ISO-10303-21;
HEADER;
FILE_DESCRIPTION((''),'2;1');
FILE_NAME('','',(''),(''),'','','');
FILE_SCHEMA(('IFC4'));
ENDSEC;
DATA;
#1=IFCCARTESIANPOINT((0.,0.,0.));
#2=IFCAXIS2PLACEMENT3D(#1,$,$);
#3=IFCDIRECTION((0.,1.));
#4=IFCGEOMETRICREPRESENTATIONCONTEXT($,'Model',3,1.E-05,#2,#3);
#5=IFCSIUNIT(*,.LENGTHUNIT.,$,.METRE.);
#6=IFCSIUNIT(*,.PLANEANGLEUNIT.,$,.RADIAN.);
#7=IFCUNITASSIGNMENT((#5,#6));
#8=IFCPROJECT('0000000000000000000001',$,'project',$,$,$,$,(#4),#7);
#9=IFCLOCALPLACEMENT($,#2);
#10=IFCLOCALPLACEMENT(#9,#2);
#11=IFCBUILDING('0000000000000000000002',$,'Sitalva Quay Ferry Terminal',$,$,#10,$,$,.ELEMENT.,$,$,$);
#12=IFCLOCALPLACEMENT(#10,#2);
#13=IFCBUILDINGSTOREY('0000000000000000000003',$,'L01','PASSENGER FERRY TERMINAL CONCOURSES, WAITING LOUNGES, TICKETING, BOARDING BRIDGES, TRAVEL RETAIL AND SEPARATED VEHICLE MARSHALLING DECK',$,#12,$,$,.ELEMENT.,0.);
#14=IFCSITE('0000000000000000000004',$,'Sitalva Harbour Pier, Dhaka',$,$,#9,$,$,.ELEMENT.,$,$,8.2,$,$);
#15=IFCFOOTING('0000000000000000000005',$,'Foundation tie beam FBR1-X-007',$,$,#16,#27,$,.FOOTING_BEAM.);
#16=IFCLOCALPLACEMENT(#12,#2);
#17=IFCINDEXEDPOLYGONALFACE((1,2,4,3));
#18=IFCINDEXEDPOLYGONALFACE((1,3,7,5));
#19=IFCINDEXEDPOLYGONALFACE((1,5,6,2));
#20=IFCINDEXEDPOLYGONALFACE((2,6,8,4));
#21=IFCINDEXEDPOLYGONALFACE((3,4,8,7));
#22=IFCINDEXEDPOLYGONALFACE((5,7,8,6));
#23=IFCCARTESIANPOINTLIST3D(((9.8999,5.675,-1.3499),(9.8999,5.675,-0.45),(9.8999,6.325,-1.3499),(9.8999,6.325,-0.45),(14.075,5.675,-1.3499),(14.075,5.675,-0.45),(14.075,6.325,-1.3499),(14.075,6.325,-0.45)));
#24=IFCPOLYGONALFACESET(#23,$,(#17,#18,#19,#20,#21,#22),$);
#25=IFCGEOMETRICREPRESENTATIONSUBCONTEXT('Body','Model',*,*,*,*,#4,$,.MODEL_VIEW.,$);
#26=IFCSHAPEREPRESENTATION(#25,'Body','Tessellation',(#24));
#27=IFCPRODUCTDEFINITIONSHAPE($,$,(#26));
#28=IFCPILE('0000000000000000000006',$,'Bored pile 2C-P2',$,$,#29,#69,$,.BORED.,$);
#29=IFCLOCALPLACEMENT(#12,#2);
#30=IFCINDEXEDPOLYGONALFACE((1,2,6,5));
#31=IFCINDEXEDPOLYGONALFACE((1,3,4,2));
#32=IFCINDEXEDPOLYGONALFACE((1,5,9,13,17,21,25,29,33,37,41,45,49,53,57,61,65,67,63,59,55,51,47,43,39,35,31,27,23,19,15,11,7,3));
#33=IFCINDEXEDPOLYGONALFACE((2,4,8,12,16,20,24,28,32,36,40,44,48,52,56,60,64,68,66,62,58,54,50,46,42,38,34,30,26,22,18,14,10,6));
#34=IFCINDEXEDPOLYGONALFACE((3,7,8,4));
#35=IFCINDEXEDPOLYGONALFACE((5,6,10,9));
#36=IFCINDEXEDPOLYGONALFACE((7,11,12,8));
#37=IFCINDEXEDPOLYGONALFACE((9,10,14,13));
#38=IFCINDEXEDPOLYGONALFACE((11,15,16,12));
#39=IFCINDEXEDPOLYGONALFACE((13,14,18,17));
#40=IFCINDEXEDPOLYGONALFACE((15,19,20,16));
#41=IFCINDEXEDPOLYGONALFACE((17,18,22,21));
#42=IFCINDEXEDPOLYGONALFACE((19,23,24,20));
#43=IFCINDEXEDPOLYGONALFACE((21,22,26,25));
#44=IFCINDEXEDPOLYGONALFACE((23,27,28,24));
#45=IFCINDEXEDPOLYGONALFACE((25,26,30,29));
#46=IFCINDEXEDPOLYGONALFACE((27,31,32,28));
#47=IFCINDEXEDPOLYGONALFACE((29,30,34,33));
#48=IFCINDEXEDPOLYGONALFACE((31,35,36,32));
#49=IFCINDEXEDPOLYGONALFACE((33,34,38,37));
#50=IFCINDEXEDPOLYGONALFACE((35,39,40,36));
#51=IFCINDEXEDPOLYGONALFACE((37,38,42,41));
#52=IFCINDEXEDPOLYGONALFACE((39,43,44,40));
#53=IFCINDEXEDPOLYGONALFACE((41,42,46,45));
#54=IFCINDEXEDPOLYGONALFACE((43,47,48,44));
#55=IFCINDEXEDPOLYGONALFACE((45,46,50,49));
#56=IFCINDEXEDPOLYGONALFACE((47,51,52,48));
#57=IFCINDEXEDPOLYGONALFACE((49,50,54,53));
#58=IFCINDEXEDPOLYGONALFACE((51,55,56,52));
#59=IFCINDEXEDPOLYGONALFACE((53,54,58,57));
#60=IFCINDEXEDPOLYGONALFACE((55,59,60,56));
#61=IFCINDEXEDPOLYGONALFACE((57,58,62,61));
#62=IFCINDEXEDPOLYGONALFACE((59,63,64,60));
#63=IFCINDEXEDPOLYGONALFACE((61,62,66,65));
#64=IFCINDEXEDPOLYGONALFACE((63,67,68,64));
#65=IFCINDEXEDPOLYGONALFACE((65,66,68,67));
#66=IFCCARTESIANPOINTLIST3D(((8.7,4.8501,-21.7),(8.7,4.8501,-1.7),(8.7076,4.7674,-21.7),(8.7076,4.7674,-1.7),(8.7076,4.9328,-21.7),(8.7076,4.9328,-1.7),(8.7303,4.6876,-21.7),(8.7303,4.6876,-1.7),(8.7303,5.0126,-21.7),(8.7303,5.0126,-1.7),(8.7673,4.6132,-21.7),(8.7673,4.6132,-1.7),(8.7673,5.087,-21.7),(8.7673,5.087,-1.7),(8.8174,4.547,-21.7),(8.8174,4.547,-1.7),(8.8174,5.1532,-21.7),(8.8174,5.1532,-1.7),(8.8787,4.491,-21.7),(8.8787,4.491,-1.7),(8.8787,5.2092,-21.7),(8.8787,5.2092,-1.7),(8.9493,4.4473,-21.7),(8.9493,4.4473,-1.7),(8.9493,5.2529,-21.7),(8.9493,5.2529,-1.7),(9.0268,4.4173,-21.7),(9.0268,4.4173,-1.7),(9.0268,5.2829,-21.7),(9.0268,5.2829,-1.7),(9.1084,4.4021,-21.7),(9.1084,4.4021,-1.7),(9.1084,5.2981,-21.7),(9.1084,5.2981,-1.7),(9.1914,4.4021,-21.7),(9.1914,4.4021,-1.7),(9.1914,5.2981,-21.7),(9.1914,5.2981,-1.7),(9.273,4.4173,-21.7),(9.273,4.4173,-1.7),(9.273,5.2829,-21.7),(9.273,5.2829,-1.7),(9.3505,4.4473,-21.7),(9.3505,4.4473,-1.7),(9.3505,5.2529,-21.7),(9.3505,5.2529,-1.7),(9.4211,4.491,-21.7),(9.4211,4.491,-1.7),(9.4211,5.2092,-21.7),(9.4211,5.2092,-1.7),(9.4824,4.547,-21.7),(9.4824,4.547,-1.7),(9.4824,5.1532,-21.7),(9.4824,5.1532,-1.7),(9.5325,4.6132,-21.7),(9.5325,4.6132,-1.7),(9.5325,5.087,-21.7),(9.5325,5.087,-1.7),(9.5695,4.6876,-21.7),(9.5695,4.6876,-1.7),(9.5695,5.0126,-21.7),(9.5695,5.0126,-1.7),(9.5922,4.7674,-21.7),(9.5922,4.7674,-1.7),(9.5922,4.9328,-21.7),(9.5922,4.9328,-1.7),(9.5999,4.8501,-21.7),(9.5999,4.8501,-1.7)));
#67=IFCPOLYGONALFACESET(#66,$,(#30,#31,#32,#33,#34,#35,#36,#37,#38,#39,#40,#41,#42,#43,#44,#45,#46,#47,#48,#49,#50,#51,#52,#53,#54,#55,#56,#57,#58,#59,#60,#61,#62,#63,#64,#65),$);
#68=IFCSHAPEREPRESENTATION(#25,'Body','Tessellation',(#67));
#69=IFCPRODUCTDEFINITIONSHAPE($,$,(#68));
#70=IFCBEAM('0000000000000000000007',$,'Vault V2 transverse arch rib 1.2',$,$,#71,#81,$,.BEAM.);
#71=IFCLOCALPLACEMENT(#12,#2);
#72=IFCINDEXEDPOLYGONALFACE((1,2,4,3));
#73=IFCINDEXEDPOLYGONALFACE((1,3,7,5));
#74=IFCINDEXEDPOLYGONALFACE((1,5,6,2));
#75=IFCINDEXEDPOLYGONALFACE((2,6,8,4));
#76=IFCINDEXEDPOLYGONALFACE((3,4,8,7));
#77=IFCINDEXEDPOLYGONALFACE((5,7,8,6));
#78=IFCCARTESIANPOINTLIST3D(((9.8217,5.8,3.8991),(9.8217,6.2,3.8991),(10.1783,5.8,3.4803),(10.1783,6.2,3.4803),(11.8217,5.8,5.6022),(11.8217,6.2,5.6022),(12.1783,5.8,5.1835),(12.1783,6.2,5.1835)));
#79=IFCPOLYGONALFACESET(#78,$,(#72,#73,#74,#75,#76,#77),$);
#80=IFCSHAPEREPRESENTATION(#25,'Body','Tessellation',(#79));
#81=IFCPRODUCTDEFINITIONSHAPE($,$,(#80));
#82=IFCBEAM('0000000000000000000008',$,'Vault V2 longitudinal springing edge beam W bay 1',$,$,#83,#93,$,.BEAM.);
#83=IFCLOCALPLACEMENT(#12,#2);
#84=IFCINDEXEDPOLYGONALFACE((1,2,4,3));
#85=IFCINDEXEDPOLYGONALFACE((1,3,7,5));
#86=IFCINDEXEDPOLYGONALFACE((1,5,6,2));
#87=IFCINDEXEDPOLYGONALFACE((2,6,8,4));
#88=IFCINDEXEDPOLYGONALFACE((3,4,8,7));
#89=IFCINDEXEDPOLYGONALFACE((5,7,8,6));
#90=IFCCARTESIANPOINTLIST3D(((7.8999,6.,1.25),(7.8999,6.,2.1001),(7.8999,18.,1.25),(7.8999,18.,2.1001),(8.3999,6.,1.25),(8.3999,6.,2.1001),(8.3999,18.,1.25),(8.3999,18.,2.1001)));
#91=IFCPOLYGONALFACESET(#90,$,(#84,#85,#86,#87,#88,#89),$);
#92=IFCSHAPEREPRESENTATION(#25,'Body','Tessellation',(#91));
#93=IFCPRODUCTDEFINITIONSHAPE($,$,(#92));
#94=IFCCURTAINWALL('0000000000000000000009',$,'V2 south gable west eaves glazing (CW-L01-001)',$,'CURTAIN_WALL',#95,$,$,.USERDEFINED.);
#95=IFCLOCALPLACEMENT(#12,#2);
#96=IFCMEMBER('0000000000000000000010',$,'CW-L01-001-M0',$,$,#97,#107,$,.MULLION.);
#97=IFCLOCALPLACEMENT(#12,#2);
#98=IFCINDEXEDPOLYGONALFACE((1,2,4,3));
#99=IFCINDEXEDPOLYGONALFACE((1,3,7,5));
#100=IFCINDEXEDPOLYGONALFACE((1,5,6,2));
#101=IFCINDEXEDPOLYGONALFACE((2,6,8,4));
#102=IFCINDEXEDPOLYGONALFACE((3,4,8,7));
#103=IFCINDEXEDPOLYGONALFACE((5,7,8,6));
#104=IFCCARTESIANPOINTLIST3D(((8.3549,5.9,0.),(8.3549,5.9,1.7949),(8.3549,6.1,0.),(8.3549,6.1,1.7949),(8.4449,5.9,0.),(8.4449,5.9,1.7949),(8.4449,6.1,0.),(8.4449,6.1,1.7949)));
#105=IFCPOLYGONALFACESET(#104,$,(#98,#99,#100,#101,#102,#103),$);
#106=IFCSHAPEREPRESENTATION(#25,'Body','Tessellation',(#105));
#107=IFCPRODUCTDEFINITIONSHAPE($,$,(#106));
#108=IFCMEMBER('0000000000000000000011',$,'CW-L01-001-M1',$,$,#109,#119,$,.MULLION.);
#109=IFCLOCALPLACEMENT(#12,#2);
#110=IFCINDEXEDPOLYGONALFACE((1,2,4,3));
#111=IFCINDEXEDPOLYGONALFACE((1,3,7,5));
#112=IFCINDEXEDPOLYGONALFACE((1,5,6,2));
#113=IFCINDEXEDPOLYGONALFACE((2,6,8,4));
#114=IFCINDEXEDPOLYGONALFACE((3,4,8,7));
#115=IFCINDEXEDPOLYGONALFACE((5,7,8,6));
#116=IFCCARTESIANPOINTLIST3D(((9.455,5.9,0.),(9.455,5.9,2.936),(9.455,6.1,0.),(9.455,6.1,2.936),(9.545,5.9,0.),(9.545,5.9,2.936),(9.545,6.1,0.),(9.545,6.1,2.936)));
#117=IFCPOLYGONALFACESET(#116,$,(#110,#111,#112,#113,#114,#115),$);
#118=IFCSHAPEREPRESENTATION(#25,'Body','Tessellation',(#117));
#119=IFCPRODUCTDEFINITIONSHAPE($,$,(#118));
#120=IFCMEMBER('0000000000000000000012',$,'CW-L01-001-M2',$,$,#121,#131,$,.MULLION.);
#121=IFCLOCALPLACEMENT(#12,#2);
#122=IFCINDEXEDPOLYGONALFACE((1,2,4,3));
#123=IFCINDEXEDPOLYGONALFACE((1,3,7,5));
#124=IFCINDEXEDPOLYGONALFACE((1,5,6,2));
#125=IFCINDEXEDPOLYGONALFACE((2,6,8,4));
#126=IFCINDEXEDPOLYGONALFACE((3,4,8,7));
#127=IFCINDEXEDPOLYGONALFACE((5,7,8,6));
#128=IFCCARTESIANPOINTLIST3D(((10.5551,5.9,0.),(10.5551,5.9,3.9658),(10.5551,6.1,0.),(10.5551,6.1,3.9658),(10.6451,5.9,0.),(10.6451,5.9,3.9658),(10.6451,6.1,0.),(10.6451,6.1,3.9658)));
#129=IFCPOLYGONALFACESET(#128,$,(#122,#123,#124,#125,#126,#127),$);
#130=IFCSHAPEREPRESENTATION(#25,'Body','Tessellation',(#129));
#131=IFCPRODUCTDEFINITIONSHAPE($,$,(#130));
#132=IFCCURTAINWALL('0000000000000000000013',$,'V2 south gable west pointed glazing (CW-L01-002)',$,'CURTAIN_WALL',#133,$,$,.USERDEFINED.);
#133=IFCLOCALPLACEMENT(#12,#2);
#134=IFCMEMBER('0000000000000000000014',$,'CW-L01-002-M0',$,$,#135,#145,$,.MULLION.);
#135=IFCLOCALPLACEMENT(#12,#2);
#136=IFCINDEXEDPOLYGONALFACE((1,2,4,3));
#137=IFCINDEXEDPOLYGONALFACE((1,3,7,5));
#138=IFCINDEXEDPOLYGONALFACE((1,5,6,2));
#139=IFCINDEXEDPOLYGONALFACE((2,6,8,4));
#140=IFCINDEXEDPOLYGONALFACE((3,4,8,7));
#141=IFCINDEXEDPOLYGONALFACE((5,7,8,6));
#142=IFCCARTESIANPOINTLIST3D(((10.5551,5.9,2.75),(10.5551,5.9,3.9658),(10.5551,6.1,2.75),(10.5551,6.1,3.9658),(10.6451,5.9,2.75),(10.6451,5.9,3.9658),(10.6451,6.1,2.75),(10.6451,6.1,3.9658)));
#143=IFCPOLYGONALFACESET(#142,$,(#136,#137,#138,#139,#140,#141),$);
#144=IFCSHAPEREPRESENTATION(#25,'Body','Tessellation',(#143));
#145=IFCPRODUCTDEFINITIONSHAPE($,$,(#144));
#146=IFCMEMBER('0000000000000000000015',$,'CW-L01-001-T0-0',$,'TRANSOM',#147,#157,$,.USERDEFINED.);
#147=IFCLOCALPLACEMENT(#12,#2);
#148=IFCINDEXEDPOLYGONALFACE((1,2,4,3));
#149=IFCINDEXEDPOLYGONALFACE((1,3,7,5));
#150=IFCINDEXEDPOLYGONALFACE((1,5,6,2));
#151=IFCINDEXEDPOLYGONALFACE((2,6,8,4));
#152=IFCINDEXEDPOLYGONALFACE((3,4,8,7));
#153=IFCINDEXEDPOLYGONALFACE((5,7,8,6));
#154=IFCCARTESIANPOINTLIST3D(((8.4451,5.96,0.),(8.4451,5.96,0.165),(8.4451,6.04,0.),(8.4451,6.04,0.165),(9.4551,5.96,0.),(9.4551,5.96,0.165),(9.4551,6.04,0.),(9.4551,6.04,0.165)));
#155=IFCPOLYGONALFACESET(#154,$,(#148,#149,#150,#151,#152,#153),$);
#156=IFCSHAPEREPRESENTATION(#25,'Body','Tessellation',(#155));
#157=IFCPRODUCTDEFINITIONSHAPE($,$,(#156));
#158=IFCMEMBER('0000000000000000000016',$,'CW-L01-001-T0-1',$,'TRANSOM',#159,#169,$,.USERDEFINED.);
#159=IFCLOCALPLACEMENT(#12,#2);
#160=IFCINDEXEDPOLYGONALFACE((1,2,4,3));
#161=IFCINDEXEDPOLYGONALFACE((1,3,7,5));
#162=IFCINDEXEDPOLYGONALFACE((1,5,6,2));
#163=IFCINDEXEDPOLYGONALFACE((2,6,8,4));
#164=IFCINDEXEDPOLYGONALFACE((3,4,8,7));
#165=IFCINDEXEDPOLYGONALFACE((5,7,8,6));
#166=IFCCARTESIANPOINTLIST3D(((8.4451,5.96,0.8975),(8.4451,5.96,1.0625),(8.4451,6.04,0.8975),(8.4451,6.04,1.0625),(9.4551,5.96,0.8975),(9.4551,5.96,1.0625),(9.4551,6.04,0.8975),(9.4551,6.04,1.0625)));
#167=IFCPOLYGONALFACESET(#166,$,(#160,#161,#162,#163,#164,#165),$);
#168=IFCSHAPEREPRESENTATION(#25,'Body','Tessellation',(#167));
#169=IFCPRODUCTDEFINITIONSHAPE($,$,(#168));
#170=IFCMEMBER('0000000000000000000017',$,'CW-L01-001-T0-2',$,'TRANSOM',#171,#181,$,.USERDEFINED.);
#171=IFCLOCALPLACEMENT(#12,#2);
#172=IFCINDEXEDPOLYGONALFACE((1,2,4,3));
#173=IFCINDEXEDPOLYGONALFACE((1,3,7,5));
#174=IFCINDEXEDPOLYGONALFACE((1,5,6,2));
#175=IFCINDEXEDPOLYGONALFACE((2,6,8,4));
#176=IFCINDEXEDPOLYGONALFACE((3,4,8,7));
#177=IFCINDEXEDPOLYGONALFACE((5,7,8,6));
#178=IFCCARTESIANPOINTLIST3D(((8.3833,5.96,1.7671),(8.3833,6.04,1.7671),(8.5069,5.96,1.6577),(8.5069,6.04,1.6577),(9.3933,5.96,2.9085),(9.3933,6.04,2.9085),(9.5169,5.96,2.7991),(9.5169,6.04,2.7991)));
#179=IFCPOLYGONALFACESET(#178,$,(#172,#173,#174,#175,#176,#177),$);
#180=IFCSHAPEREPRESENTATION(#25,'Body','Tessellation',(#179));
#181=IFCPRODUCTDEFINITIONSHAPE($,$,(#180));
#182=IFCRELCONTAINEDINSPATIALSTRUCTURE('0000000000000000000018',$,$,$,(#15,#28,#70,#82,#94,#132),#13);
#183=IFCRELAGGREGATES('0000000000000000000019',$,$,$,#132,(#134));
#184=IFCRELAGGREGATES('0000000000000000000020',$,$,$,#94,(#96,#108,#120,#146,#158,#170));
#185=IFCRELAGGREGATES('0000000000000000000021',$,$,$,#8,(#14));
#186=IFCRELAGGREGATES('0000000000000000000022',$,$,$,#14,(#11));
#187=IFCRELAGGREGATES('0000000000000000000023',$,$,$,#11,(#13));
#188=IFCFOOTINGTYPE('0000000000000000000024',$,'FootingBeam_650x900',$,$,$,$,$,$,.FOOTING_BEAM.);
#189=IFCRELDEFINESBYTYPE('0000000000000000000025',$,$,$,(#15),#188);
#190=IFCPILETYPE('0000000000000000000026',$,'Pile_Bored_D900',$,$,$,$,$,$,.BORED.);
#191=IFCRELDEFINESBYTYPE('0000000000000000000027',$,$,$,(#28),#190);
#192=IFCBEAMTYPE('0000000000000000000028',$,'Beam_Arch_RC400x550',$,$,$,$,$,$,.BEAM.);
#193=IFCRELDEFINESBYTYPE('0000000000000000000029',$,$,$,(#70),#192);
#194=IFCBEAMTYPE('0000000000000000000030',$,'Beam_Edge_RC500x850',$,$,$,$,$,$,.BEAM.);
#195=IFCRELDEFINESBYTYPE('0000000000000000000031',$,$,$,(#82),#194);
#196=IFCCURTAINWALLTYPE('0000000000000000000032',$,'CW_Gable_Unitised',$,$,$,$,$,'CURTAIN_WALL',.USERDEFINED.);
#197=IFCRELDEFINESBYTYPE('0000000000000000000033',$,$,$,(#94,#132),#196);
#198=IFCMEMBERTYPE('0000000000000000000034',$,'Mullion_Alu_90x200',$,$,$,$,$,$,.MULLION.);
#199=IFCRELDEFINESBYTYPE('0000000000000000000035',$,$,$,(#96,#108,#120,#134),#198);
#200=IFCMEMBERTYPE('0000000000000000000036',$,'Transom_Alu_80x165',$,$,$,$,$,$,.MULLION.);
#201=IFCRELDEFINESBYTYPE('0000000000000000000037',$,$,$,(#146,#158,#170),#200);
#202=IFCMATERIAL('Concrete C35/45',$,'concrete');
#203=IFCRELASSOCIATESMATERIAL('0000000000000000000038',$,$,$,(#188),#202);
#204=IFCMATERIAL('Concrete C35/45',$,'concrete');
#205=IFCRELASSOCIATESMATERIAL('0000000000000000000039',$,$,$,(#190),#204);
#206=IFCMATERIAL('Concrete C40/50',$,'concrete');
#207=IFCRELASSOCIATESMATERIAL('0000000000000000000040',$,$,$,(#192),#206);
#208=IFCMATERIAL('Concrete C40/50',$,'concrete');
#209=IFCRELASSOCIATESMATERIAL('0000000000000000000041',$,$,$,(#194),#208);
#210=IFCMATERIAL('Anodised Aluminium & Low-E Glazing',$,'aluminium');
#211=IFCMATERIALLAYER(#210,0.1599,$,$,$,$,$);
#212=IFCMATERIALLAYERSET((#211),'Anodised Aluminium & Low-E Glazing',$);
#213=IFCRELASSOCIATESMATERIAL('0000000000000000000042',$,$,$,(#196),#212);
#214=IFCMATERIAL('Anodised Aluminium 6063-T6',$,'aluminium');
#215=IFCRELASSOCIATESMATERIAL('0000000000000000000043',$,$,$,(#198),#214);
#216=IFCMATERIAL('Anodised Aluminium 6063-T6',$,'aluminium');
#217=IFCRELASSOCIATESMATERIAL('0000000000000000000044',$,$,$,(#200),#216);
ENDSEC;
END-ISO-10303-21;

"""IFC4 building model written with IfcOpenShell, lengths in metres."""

from ifc_helpers import new_model, si_unit, direction, frame, origin, origin_2d, place, context, subcontext, project, spatial, rectangle, circle, extrude, material, layer, layer_set, material_profile, profile_set, type_object, element, aggregate, save


model = new_model("IFC4")

# Units and contexts
model_context = context("Model", 3, precision=1e-05, world=origin(), true_north=direction((0.0, 1.0)))
body_context = subcontext(model_context, "Body", "Model", "MODEL_VIEW")
ifc_project = project(units=[si_unit("LENGTHUNIT", "METRE"), si_unit("PLANEANGLEUNIT", "RADIAN")], contexts=[model_context])

# Site, building, storey
site_placement = place(None, origin())
site = spatial("IfcSite", under=ifc_project, at=site_placement, Name="Sitalva Harbour Pier, Dhaka", CompositionType="ELEMENT", RefElevation=8.2)
building_placement = place(site_placement, origin())
building = spatial("IfcBuilding", under=site, at=building_placement, Name="Sitalva Quay Ferry Terminal", CompositionType="ELEMENT")
storey_placement = place(building_placement, origin())
storey = spatial("IfcBuildingStorey", under=building, at=storey_placement, Name="L01", Description="PASSENGER FERRY TERMINAL CONCOURSES, WAITING LOUNGES, TICKETING, BOARDING BRIDGES, TRAVEL RETAIL AND SEPARATED VEHICLE MARSHALLING DECK", CompositionType="ELEMENT", Elevation=0.0)

# Footing
ifc_material_1 = material(Name="Concrete C35/45", Category="concrete")
ifc_material_profile_1 = material_profile(ifc_material_1, rectangle(XDim=0.6499, YDim=0.8999, at=origin_2d()), Name="RC650x900")
ifc_profile_set_1 = profile_set([ifc_material_profile_1], Name="Concrete C35/45")
footing_type = type_object("IfcFootingType", Name="FootingBeam_650x900", PredefinedType="FOOTING_BEAM", material=ifc_profile_set_1)
footing_placement = place(storey_placement, frame((9.8999, 6.0, -0.8999), z_axis=(1.0, 0.0, 0.0), x_axis=(0.0, 1.0, 0.0)))
element("IfcFooting", 1, at=footing_placement, inside=storey, type_object=footing_type, Name="Foundation tie beam FBR1-X-007", PredefinedType="FOOTING_BEAM", context=body_context, shape_type="SweptSolid", body=[
    extrude(rectangle(XDim=0.6499, YDim=0.8999, at=origin_2d()), origin(), (0.0, 0.0, 1.0), 4.175),
])

# Pile
ifc_material_2 = material(Name="Concrete C35/45", Category="concrete")
ifc_material_profile_2 = material_profile(ifc_material_2, circle(Radius=0.45, at=origin_2d()), Name="PILE-D900")
ifc_profile_set_2 = profile_set([ifc_material_profile_2], Name="Concrete C35/45")
pile_type = type_object("IfcPileType", Name="Pile_Bored_D900", PredefinedType="BORED", material=ifc_profile_set_2)
pile_placement = place(storey_placement, frame((9.1499, 4.8501, -1.7), z_axis=(0.0, 0.0, -1.0), x_axis=(1.0, 0.0, 0.0)))
element("IfcPile", 2, at=pile_placement, inside=storey, type_object=pile_type, Name="Bored pile 2C-P2", PredefinedType="BORED", context=body_context, shape_type="SweptSolid", body=[
    extrude(circle(Radius=0.45, at=origin_2d()), origin(), (0.0, 0.0, 1.0), 20.0),
])

# Beams
ifc_material_3 = material(Name="Concrete C40/50", Category="concrete")
ifc_material_profile_3 = material_profile(ifc_material_3, rectangle(XDim=0.3999, YDim=0.55, at=origin_2d()), Name="RC400x550")
ifc_profile_set_3 = profile_set([ifc_material_profile_3], Name="Concrete C40/50")
beam_type_1 = type_object("IfcBeamType", Name="Beam_Arch_RC400x550", PredefinedType="BEAM", material=ifc_profile_set_3)
beam_1_placement = place(storey_placement, frame((10.0, 6.0, 3.6897), z_axis=(0.761352, 0.0, 0.648339), x_axis=(0.0, 1.0, 0.0)))
element("IfcBeam", 3, at=beam_1_placement, inside=storey, type_object=beam_type_1, Name="Vault V2 transverse arch rib 1.2", PredefinedType="BEAM", context=body_context, shape_type="SweptSolid", body=[
    extrude(rectangle(XDim=0.3999, YDim=0.55, at=origin_2d()), origin(), (0.0, 0.0, 1.0), 2.627),
])
ifc_material_4 = material(Name="Concrete C40/50", Category="concrete")
ifc_material_profile_4 = material_profile(ifc_material_4, rectangle(XDim=0.5, YDim=0.8501, at=origin_2d()), Name="RC500x850")
ifc_profile_set_4 = profile_set([ifc_material_profile_4], Name="Concrete C40/50")
beam_type_2 = type_object("IfcBeamType", Name="Beam_Edge_RC500x850", PredefinedType="BEAM", material=ifc_profile_set_4)
beam_2_placement = place(storey_placement, frame((8.1499, 6.0, 1.675), z_axis=(0.0, 1.0, 0.0), x_axis=(-1.0, 0.0, 0.0)))
element("IfcBeam", 4, at=beam_2_placement, inside=storey, type_object=beam_type_2, Name="Vault V2 longitudinal springing edge beam W bay 1", PredefinedType="BEAM", context=body_context, shape_type="SweptSolid", body=[
    extrude(rectangle(XDim=0.5, YDim=0.8501, at=origin_2d()), origin(), (0.0, 0.0, 1.0), 12.0),
])

# Curtain wall, members
ifc_material_5 = material(Name="Anodised Aluminium & Low-E Glazing", Category="aluminium")
ifc_layer_1 = layer(ifc_material_5, 0.1599)
ifc_layer_set_1 = layer_set([ifc_layer_1], Name="Anodised Aluminium & Low-E Glazing")
curtain_wall_type = type_object("IfcCurtainWallType", Name="CW_Gable_Unitised", ElementType="CURTAIN_WALL", PredefinedType="USERDEFINED", material=ifc_layer_set_1)
curtain_wall_1_placement = place(storey_placement, origin())
curtain_wall_1 = element("IfcCurtainWall", 5, at=curtain_wall_1_placement, inside=storey, type_object=curtain_wall_type, Name="V2 south gable west eaves glazing (CW-L01-001)", ObjectType="CURTAIN_WALL", PredefinedType="USERDEFINED")
ifc_material_6 = material(Name="Anodised Aluminium 6063-T6", Category="aluminium")
ifc_material_profile_5 = material_profile(ifc_material_6, rectangle(XDim=0.0901, YDim=0.2, at=origin_2d()), Name="ALU90x200")
ifc_profile_set_5 = profile_set([ifc_material_profile_5], Name="Anodised Aluminium 6063-T6")
member_type_1 = type_object("IfcMemberType", Name="Mullion_Alu_90x200", PredefinedType="MULLION", material=ifc_profile_set_5)
member_1_placement = place(storey_placement, frame((8.3999, 6.0, 0.0), z_axis=(0.0, 0.0, 1.0), x_axis=(1.0, 0.0, 0.0)))
member_1 = element("IfcMember", 6, at=member_1_placement, type_object=member_type_1, Name="CW-L01-001-M0", PredefinedType="MULLION", context=body_context, shape_type="SweptSolid", body=[
    extrude(rectangle(XDim=0.0901, YDim=0.2, at=origin_2d()), origin(), (0.0, 0.0, 1.0), 1.7949),
])
member_2_placement = place(storey_placement, frame((9.5, 6.0, 0.0), z_axis=(0.0, 0.0, 1.0), x_axis=(1.0, 0.0, 0.0)))
member_2 = element("IfcMember", 7, at=member_2_placement, type_object=member_type_1, Name="CW-L01-001-M1", PredefinedType="MULLION", context=body_context, shape_type="SweptSolid", body=[
    extrude(rectangle(XDim=0.0901, YDim=0.2, at=origin_2d()), origin(), (0.0, 0.0, 1.0), 2.936),
])
member_3_placement = place(storey_placement, frame((10.6001, 6.0, 0.0), z_axis=(0.0, 0.0, 1.0), x_axis=(1.0, 0.0, 0.0)))
member_3 = element("IfcMember", 8, at=member_3_placement, type_object=member_type_1, Name="CW-L01-001-M2", PredefinedType="MULLION", context=body_context, shape_type="SweptSolid", body=[
    extrude(rectangle(XDim=0.0901, YDim=0.2, at=origin_2d()), origin(), (0.0, 0.0, 1.0), 3.9658),
])

# Curtain wall, member
curtain_wall_2_placement = place(storey_placement, origin())
curtain_wall_2 = element("IfcCurtainWall", 9, at=curtain_wall_2_placement, inside=storey, type_object=curtain_wall_type, Name="V2 south gable west pointed glazing (CW-L01-002)", ObjectType="CURTAIN_WALL", PredefinedType="USERDEFINED")
member_4_placement = place(storey_placement, frame((10.6001, 6.0, 2.75), z_axis=(0.0, 0.0, 1.0), x_axis=(1.0, 0.0, 0.0)))
member_4 = element("IfcMember", 10, at=member_4_placement, type_object=member_type_1, Name="CW-L01-002-M0", PredefinedType="MULLION", context=body_context, shape_type="SweptSolid", body=[
    extrude(rectangle(XDim=0.0901, YDim=0.2, at=origin_2d()), origin(), (0.0, 0.0, 1.0), 1.2158),
])

# Members
ifc_material_7 = material(Name="Anodised Aluminium 6063-T6", Category="aluminium")
ifc_material_profile_6 = material_profile(ifc_material_7, rectangle(XDim=0.0801, YDim=0.165, at=origin_2d()), Name="ALU80x165")
ifc_profile_set_6 = profile_set([ifc_material_profile_6], Name="Anodised Aluminium 6063-T6")
member_type_2 = type_object("IfcMemberType", Name="Transom_Alu_80x165", PredefinedType="MULLION", material=ifc_profile_set_6)
member_5_placement = place(storey_placement, frame((8.4451, 6.0, 0.0825), z_axis=(1.0, 0.0, 0.0), x_axis=(0.0, 1.0, 0.0)))
member_5 = element("IfcMember", 11, at=member_5_placement, type_object=member_type_2, Name="CW-L01-001-T0-0", ObjectType="TRANSOM", PredefinedType="USERDEFINED", context=body_context, shape_type="SweptSolid", body=[
    extrude(rectangle(XDim=0.0801, YDim=0.165, at=origin_2d()), origin(), (0.0, 0.0, 1.0), 1.01),
])
member_6_placement = place(storey_placement, frame((8.4451, 6.0, 0.98), z_axis=(1.0, 0.0, 0.0), x_axis=(0.0, 1.0, 0.0)))
member_6 = element("IfcMember", 12, at=member_6_placement, type_object=member_type_2, Name="CW-L01-001-T0-1", ObjectType="TRANSOM", PredefinedType="USERDEFINED", context=body_context, shape_type="SweptSolid", body=[
    extrude(rectangle(XDim=0.0801, YDim=0.165, at=origin_2d()), origin(), (0.0, 0.0, 1.0), 1.01),
])
member_7_placement = place(storey_placement, frame((8.4451, 6.0, 1.7124), z_axis=(0.662702, 0.0, 0.748883), x_axis=(0.0, 1.0, 0.0)))
member_7 = element("IfcMember", 13, at=member_7_placement, type_object=member_type_2, Name="CW-L01-001-T0-2", ObjectType="TRANSOM", PredefinedType="USERDEFINED", context=body_context, shape_type="SweptSolid", body=[
    extrude(rectangle(XDim=0.0801, YDim=0.165, at=origin_2d()), origin(), (0.0, 0.0, 1.0), 1.5242),
])
aggregate(curtain_wall_2, [member_4])

aggregate(curtain_wall_1, [member_1, member_2, member_3, member_5, member_6, member_7])

save(model, "model.ifc")
